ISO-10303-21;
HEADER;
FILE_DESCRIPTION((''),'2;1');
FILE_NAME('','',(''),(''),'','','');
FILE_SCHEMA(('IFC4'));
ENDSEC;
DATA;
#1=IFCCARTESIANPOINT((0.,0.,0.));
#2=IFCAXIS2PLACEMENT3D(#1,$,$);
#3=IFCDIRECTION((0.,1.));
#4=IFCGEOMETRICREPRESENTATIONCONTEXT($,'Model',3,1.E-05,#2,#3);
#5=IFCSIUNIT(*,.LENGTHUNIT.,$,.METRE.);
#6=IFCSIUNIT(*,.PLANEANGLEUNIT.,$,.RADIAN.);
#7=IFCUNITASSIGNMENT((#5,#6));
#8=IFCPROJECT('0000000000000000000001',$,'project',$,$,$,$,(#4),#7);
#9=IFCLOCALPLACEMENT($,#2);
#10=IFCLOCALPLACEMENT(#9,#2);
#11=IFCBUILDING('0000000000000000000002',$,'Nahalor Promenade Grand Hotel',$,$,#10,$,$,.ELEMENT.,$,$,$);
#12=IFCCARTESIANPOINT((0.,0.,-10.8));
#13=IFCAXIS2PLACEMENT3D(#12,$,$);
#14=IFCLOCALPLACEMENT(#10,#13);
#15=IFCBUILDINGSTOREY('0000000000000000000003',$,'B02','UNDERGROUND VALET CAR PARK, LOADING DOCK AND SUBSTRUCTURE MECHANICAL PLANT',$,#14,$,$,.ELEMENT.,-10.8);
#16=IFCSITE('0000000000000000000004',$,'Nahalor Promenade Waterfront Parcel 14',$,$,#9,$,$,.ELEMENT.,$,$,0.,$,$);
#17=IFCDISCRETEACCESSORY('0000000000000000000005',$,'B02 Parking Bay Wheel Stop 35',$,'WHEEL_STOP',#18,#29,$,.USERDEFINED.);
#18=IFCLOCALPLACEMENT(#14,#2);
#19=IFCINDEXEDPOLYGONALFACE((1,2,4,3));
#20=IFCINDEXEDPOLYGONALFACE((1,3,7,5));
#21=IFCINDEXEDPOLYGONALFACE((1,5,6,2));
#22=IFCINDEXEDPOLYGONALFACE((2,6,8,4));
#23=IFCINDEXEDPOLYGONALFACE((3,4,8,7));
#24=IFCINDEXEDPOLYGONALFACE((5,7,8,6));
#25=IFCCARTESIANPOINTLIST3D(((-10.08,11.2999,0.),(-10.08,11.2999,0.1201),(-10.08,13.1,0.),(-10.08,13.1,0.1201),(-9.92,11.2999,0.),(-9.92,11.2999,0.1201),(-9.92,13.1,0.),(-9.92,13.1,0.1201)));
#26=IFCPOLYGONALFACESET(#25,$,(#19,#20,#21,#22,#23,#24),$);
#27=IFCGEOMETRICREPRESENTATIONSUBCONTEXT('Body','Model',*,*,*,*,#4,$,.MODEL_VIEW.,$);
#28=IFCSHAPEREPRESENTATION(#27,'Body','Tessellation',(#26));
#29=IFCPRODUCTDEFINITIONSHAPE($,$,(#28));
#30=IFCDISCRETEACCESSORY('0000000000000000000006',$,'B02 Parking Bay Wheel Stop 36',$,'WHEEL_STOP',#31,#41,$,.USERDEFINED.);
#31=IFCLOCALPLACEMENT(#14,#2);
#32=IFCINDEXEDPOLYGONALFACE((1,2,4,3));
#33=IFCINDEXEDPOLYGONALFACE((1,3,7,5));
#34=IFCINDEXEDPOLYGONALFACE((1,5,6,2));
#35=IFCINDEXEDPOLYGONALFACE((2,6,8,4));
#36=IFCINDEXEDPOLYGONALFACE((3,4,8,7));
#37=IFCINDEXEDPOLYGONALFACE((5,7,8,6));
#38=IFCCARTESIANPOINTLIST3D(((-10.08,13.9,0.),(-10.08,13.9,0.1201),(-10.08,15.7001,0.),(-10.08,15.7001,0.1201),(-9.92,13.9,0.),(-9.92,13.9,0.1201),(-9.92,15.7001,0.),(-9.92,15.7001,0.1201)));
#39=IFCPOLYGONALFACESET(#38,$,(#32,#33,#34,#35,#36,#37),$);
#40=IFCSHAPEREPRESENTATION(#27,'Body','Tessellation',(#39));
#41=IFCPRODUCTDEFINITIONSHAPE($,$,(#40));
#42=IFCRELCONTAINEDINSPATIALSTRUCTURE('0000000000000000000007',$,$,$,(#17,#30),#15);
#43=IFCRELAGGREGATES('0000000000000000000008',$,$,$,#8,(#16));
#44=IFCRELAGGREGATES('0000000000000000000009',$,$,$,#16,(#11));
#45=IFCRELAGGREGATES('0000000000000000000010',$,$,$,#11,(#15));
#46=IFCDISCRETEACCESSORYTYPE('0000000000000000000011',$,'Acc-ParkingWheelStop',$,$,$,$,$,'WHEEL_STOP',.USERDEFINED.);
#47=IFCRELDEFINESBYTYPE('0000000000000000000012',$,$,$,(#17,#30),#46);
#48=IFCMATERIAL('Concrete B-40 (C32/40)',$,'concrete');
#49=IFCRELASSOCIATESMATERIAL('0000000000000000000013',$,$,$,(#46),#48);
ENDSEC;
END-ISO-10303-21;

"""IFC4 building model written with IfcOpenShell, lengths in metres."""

from ifc_helpers import new_model, si_unit, direction, frame, origin, origin_2d, place, context, subcontext, project, spatial, rectangle, extrude, source, transform, mapped, material, type_object, element, save


model = new_model("IFC4")

# Units and contexts
model_context = context("Model", 3, precision=1e-05, world=origin(), true_north=direction((0.0, 1.0)))
body_context = subcontext(model_context, "Body", "Model", "MODEL_VIEW")
ifc_project = project(units=[si_unit("LENGTHUNIT", "METRE"), si_unit("PLANEANGLEUNIT", "RADIAN")], contexts=[model_context])

# Site, building, storey
site_placement = place(None, origin())
site = spatial("IfcSite", under=ifc_project, at=site_placement, Name="Nahalor Promenade Waterfront Parcel 14", CompositionType="ELEMENT", RefElevation=0.0)
building_placement = place(site_placement, origin())
building = spatial("IfcBuilding", under=site, at=building_placement, Name="Nahalor Promenade Grand Hotel", CompositionType="ELEMENT")
storey_placement = place(building_placement, frame((0.0, 0.0, -10.8)))
storey = spatial("IfcBuildingStorey", under=building, at=storey_placement, Name="B02", Description="UNDERGROUND VALET CAR PARK, LOADING DOCK AND SUBSTRUCTURE MECHANICAL PLANT", CompositionType="ELEMENT", Elevation=-10.8)

# Shared definitions
ifc_material_1 = material(Name="Concrete B-40 (C32/40)", Category="concrete")

# Discrete accessories
discrete_accessory_type = type_object("IfcDiscreteAccessoryType", Name="Acc-ParkingWheelStop", ElementType="WHEEL_STOP", PredefinedType="USERDEFINED", material=ifc_material_1)
shared_shape_1 = source(origin(), body_context, "Body", "SweptSolid", [
    extrude(rectangle(XDim=1.8, YDim=0.1599, at=origin_2d()), origin(), (0.0, 0.0, 1.0), 0.1201),
])
for number, where, z_axis, x_axis, name in (
    (1, (-10.0, 12.2, 0.0), (0.0, 0.0, 1.0), (0.0, 1.0, 0.0), "B02 Parking Bay Wheel Stop 35"),
    (2, (-10.0, 14.8, 0.0), (0.0, 0.0, 1.0), (0.0, 1.0, 0.0), "B02 Parking Bay Wheel Stop 36"),
):
    element("IfcDiscreteAccessory", number, at=place(storey_placement, frame(where, z_axis=z_axis, x_axis=x_axis)), inside=storey, type_object=discrete_accessory_type, Name=name, ObjectType="WHEEL_STOP", PredefinedType="USERDEFINED", context=body_context, shape_type="MappedRepresentation", body=[
        mapped(shared_shape_1, transform((0.0, 0.0, 0.0), scale=1.0)),
    ])

save(model, "model.ifc")
